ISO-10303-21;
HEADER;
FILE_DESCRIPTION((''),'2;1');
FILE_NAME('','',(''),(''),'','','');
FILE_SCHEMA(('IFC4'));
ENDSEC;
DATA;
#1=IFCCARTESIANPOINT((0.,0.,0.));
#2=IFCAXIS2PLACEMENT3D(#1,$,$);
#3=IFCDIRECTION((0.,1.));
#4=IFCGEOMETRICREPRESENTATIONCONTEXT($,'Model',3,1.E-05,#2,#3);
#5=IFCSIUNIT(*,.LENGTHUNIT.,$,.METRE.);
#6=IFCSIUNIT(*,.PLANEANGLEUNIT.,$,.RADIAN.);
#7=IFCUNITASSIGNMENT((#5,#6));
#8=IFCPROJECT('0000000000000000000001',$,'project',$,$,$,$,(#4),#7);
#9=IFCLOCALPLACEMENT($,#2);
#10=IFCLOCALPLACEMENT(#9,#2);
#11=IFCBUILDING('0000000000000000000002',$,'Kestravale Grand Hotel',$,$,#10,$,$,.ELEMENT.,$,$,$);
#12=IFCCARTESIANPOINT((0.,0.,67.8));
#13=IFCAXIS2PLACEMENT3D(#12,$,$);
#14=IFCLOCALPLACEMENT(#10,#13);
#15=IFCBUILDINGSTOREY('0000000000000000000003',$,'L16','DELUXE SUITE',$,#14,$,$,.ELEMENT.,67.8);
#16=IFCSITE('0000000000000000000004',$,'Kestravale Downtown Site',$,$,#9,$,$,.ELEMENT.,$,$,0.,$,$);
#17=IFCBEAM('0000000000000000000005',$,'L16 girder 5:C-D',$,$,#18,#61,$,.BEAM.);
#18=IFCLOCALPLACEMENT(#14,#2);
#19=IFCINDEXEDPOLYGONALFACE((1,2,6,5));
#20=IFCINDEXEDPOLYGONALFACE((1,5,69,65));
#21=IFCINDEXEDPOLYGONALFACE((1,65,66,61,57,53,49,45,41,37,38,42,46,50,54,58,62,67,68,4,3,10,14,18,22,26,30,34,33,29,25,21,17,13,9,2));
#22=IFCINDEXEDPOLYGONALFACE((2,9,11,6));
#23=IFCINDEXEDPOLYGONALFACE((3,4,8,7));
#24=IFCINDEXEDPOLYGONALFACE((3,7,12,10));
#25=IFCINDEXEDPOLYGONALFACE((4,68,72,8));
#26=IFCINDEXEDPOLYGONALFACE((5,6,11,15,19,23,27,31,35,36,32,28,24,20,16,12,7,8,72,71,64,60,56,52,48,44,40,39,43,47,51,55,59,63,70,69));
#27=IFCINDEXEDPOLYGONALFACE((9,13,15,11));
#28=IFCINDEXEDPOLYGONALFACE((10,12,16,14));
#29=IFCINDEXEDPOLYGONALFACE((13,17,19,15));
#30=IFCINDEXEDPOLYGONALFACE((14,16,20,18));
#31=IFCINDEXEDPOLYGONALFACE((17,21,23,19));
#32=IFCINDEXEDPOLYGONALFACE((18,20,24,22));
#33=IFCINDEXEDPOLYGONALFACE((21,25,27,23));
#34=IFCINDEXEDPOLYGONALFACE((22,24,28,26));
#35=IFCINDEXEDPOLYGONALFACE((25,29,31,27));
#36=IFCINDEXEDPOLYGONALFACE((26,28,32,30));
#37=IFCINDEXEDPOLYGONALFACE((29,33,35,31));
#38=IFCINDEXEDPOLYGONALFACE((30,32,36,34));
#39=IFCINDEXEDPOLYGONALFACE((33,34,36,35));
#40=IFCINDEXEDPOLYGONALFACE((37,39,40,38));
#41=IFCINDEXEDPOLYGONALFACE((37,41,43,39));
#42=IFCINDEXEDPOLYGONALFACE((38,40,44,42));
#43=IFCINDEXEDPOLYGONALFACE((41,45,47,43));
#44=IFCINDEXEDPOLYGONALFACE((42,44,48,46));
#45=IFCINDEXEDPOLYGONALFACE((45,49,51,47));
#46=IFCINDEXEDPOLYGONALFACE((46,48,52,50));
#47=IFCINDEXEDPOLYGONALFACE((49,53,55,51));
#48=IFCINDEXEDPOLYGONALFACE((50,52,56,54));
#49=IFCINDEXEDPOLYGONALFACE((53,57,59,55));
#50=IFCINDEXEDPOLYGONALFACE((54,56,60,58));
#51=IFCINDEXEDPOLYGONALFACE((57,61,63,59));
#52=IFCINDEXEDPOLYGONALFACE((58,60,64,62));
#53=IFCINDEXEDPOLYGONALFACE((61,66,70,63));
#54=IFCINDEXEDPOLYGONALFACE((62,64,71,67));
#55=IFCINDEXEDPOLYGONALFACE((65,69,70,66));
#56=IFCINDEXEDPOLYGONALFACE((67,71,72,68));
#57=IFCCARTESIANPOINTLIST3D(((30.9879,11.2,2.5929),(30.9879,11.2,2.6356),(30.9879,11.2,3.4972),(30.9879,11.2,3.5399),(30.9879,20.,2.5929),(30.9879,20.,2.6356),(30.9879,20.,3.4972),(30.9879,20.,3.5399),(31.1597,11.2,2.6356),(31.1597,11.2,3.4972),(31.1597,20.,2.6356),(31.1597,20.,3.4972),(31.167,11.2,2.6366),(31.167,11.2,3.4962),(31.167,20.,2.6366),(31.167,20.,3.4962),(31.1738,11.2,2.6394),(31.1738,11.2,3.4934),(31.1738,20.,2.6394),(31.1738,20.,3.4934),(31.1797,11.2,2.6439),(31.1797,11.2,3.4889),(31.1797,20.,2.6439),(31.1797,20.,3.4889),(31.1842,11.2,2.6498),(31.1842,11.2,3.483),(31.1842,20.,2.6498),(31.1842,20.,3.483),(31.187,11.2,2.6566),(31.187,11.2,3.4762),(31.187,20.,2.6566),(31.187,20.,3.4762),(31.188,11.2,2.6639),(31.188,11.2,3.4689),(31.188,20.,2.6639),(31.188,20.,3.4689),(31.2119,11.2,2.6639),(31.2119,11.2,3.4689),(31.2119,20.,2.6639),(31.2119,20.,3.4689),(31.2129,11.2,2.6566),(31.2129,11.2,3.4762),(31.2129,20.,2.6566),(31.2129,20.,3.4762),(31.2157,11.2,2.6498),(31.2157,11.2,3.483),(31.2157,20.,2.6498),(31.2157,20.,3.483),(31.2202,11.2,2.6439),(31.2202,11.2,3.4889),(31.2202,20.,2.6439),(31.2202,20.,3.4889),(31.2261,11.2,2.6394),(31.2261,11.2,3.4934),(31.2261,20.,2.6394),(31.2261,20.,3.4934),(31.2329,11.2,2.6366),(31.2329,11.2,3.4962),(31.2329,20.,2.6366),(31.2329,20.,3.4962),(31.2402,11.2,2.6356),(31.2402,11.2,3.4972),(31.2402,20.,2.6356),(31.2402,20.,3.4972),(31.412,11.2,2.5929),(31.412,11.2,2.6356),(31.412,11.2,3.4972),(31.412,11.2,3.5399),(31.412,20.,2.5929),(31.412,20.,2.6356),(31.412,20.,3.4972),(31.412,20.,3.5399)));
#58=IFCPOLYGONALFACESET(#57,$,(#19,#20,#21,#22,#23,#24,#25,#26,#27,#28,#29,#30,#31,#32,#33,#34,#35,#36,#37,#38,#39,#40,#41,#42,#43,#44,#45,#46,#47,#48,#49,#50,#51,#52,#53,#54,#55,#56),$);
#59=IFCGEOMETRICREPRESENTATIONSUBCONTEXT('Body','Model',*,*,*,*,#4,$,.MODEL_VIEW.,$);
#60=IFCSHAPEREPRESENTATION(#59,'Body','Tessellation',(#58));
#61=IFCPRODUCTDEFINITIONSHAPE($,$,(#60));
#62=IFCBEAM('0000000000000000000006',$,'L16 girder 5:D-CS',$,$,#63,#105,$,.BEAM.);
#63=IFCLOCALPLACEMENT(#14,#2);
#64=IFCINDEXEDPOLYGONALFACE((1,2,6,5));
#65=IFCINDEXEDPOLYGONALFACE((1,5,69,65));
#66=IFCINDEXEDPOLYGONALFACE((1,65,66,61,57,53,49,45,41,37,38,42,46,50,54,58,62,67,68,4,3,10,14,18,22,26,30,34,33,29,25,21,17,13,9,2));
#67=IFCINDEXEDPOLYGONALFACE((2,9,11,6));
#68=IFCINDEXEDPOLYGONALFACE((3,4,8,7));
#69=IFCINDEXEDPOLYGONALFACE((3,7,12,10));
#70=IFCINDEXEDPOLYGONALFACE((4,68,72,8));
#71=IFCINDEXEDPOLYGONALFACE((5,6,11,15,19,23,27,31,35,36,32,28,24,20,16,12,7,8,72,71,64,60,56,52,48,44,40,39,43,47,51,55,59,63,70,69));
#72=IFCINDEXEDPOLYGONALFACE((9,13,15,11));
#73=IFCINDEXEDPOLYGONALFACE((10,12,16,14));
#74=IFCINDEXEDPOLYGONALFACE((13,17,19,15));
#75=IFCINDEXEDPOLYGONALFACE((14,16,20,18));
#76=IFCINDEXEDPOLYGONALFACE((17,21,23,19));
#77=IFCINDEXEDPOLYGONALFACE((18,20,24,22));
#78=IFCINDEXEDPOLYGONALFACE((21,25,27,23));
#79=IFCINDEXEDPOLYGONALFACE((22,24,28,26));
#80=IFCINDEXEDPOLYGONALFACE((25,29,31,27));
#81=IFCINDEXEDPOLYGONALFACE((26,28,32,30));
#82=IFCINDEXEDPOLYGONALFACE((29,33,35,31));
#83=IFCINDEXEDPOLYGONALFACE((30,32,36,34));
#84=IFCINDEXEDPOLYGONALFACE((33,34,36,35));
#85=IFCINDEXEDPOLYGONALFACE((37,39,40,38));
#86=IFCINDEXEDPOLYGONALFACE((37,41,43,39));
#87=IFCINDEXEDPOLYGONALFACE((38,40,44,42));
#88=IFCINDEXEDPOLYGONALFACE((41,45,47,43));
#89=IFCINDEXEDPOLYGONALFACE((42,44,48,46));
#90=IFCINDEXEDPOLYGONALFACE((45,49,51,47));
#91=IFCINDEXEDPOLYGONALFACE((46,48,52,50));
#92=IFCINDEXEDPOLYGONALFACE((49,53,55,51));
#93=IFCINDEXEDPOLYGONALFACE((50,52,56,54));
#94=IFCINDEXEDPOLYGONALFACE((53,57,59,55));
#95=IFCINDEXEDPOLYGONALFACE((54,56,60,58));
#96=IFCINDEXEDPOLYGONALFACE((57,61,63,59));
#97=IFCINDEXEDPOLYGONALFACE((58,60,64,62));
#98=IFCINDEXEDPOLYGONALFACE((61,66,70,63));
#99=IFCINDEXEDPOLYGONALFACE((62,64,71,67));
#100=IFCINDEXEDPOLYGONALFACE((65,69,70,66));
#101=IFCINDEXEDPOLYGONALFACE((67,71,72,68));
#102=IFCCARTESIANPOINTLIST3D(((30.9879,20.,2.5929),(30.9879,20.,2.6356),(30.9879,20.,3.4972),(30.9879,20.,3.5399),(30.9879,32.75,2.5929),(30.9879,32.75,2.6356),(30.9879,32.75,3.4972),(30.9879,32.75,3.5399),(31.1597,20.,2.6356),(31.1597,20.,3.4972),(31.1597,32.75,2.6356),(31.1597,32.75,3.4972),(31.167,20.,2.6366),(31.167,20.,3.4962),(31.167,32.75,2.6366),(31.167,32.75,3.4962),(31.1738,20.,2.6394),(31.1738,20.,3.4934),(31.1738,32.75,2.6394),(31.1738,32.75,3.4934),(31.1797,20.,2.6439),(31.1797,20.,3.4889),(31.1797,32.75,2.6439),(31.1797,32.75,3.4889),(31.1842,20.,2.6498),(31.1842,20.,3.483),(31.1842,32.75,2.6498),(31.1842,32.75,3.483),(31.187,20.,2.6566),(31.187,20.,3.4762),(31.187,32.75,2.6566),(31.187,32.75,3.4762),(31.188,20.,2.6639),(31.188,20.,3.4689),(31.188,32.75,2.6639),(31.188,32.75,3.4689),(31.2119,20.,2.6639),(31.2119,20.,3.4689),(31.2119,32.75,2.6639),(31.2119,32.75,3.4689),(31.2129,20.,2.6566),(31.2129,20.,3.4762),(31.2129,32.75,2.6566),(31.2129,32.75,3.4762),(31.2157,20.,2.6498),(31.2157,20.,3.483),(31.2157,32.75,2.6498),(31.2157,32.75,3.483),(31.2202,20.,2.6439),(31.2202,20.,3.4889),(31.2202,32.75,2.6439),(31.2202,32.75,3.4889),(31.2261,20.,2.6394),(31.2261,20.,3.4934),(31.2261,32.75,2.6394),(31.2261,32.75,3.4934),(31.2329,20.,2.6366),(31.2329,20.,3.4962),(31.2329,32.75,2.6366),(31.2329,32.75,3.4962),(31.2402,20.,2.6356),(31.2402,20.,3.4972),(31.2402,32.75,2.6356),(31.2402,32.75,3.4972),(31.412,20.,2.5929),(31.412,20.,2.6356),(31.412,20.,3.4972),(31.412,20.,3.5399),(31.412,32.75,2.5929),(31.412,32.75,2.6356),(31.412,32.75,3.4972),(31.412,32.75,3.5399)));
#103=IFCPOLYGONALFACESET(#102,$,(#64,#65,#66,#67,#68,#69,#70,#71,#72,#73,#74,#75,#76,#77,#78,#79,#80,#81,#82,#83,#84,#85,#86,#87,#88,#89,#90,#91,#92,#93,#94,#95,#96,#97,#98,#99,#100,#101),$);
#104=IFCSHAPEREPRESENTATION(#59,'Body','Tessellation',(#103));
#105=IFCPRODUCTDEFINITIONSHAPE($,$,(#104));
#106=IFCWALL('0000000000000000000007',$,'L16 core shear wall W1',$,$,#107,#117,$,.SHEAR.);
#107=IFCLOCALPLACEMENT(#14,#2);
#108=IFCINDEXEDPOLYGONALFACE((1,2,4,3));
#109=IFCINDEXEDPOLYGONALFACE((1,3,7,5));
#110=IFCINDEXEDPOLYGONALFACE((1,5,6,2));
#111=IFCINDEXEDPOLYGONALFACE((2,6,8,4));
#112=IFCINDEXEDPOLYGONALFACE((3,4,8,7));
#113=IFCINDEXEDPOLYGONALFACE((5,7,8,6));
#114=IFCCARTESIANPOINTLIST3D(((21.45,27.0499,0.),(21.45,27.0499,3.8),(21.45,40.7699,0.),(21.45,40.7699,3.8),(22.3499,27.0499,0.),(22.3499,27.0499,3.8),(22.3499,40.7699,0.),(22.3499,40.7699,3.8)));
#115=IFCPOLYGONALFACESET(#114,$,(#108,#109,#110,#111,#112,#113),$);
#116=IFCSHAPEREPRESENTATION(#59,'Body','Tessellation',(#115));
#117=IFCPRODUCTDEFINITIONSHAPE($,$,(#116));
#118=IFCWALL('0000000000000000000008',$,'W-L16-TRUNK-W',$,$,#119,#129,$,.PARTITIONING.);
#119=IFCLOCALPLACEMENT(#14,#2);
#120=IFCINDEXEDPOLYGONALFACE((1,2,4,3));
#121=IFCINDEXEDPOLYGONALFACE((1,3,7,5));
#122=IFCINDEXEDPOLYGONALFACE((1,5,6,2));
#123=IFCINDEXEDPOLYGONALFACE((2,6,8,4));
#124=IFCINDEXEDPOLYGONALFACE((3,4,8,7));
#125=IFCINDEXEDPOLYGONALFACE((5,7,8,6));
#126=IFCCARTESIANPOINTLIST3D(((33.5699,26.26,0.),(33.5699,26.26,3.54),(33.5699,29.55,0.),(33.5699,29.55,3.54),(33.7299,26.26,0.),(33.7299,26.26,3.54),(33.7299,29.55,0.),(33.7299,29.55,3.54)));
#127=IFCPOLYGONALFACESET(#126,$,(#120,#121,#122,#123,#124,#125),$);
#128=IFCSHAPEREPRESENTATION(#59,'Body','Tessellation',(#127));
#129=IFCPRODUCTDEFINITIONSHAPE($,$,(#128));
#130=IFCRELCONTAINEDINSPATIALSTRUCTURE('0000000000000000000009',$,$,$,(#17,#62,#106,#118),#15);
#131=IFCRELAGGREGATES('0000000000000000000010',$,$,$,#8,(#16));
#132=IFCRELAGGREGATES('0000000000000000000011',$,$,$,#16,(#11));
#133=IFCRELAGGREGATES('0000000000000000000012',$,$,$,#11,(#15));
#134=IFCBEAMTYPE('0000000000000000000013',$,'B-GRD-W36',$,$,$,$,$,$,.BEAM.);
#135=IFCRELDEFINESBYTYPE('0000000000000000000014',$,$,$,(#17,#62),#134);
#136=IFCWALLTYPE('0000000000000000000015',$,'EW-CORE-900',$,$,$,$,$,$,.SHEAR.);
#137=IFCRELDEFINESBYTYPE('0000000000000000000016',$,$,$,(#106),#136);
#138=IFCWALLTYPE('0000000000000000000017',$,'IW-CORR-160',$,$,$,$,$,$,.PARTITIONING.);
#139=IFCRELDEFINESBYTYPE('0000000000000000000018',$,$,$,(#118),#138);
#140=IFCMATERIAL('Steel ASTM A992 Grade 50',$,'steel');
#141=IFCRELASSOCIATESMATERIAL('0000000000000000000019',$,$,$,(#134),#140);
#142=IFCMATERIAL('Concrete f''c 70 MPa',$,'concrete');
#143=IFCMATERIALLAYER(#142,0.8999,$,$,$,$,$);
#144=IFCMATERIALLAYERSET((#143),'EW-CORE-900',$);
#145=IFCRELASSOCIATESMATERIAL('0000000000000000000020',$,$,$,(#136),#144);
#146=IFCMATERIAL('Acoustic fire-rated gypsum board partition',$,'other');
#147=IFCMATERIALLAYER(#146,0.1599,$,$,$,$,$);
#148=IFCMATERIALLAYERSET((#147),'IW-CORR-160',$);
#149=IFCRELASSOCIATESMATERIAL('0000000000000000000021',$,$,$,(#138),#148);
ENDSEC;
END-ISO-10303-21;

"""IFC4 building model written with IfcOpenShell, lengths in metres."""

from ifc_helpers import new_model, si_unit, direction, frame, frame_2d, origin, origin_2d, place, context, subcontext, project, spatial, rectangle, i_section, extrude, material, layer, layer_set, material_profile, profile_set, type_object, element, save


model = new_model("IFC4")

# Units and contexts
model_context = context("Model", 3, precision=1e-05, world=origin(), true_north=direction((0.0, 1.0)))
body_context = subcontext(model_context, "Body", "Model", "MODEL_VIEW")
ifc_project = project(units=[si_unit("LENGTHUNIT", "METRE"), si_unit("PLANEANGLEUNIT", "RADIAN")], contexts=[model_context])

# Site, building, storey
site_placement = place(None, origin())
site = spatial("IfcSite", under=ifc_project, at=site_placement, Name="Kestravale Downtown Site", CompositionType="ELEMENT", RefElevation=0.0)
building_placement = place(site_placement, origin())
building = spatial("IfcBuilding", under=site, at=building_placement, Name="Kestravale Grand Hotel", CompositionType="ELEMENT")
storey_placement = place(building_placement, frame((0.0, 0.0, 67.8)))
storey = spatial("IfcBuildingStorey", under=building, at=storey_placement, Name="L16", Description="DELUXE SUITE", CompositionType="ELEMENT", Elevation=67.8)

# Beams
ifc_material_1 = material(Name="Steel ASTM A992 Grade 50", Category="steel")
ifc_material_profile_1 = material_profile(ifc_material_1, i_section(OverallWidth=0.4241, OverallDepth=0.947, WebThickness=0.0239, FlangeThickness=0.0427, FilletRadius=0.0283, at=origin_2d()))
ifc_profile_set_1 = profile_set([ifc_material_profile_1], Name="Steel ASTM A992 Grade 50")
beam_type_1 = type_object("IfcBeamType", Name="B-GRD-W36", PredefinedType="BEAM", material=ifc_profile_set_1)
beam_1_placement = place(storey_placement, frame((31.2, 11.2, 3.0664), z_axis=(0.0, 1.0, 0.0), x_axis=(-1.0, 0.0, 0.0)))
element("IfcBeam", 1, at=beam_1_placement, inside=storey, type_object=beam_type_1, Name="L16 girder 5:C-D", PredefinedType="BEAM", context=body_context, shape_type="SweptSolid", body=[
    extrude(i_section(OverallWidth=0.4241, OverallDepth=0.947, WebThickness=0.0239, FlangeThickness=0.0427, FilletRadius=0.0283, at=origin_2d()), origin(), (0.0, 0.0, 1.0), 8.8),
])
beam_2_placement = place(storey_placement, frame((31.2, 20.0, 3.0664), z_axis=(0.0, 1.0, 0.0), x_axis=(-1.0, 0.0, 0.0)))
element("IfcBeam", 2, at=beam_2_placement, inside=storey, type_object=beam_type_1, Name="L16 girder 5:D-CS", PredefinedType="BEAM", context=body_context, shape_type="SweptSolid", body=[
    extrude(i_section(OverallWidth=0.4241, OverallDepth=0.947, WebThickness=0.0239, FlangeThickness=0.0427, FilletRadius=0.0283, at=origin_2d()), origin(), (0.0, 0.0, 1.0), 12.75),
])

# Walls
ifc_material_2 = material(Name="Concrete f'c 70 MPa", Category="concrete")
ifc_layer_1 = layer(ifc_material_2, 0.8999)
ifc_layer_set_1 = layer_set([ifc_layer_1], Name="EW-CORE-900")
wall_type_1 = type_object("IfcWallType", Name="EW-CORE-900", PredefinedType="SHEAR", material=ifc_layer_set_1)
wall_1_placement = place(storey_placement, frame((21.8999, 27.05, 0.0), z_axis=(0.0, 0.0, 1.0), x_axis=(0.0, 1.0, 0.0)))
element("IfcWall", 3, at=wall_1_placement, inside=storey, type_object=wall_type_1, Name="L16 core shear wall W1", PredefinedType="SHEAR", context=body_context, shape_type="SweptSolid", body=[
    extrude(rectangle(XDim=13.72, YDim=0.8999, at=frame_2d((6.8599, 0.0))), origin(), (0.0, 0.0, 1.0), 3.8),
])
ifc_material_3 = material(Name="Acoustic fire-rated gypsum board partition", Category="other")
ifc_layer_2 = layer(ifc_material_3, 0.1599)
ifc_layer_set_2 = layer_set([ifc_layer_2], Name="IW-CORR-160")
wall_type_2 = type_object("IfcWallType", Name="IW-CORR-160", PredefinedType="PARTITIONING", material=ifc_layer_set_2)
wall_2_placement = place(storey_placement, frame((33.6499, 26.26, 0.0), z_axis=(0.0, 0.0, 1.0), x_axis=(0.0, 1.0, 0.0)))
element("IfcWall", 4, at=wall_2_placement, inside=storey, type_object=wall_type_2, Name="W-L16-TRUNK-W", PredefinedType="PARTITIONING", context=body_context, shape_type="SweptSolid", body=[
    extrude(rectangle(XDim=3.29, YDim=0.1599, at=frame_2d((1.645, 0.0))), origin(), (0.0, 0.0, 1.0), 3.54),
])

save(model, "model.ifc")
